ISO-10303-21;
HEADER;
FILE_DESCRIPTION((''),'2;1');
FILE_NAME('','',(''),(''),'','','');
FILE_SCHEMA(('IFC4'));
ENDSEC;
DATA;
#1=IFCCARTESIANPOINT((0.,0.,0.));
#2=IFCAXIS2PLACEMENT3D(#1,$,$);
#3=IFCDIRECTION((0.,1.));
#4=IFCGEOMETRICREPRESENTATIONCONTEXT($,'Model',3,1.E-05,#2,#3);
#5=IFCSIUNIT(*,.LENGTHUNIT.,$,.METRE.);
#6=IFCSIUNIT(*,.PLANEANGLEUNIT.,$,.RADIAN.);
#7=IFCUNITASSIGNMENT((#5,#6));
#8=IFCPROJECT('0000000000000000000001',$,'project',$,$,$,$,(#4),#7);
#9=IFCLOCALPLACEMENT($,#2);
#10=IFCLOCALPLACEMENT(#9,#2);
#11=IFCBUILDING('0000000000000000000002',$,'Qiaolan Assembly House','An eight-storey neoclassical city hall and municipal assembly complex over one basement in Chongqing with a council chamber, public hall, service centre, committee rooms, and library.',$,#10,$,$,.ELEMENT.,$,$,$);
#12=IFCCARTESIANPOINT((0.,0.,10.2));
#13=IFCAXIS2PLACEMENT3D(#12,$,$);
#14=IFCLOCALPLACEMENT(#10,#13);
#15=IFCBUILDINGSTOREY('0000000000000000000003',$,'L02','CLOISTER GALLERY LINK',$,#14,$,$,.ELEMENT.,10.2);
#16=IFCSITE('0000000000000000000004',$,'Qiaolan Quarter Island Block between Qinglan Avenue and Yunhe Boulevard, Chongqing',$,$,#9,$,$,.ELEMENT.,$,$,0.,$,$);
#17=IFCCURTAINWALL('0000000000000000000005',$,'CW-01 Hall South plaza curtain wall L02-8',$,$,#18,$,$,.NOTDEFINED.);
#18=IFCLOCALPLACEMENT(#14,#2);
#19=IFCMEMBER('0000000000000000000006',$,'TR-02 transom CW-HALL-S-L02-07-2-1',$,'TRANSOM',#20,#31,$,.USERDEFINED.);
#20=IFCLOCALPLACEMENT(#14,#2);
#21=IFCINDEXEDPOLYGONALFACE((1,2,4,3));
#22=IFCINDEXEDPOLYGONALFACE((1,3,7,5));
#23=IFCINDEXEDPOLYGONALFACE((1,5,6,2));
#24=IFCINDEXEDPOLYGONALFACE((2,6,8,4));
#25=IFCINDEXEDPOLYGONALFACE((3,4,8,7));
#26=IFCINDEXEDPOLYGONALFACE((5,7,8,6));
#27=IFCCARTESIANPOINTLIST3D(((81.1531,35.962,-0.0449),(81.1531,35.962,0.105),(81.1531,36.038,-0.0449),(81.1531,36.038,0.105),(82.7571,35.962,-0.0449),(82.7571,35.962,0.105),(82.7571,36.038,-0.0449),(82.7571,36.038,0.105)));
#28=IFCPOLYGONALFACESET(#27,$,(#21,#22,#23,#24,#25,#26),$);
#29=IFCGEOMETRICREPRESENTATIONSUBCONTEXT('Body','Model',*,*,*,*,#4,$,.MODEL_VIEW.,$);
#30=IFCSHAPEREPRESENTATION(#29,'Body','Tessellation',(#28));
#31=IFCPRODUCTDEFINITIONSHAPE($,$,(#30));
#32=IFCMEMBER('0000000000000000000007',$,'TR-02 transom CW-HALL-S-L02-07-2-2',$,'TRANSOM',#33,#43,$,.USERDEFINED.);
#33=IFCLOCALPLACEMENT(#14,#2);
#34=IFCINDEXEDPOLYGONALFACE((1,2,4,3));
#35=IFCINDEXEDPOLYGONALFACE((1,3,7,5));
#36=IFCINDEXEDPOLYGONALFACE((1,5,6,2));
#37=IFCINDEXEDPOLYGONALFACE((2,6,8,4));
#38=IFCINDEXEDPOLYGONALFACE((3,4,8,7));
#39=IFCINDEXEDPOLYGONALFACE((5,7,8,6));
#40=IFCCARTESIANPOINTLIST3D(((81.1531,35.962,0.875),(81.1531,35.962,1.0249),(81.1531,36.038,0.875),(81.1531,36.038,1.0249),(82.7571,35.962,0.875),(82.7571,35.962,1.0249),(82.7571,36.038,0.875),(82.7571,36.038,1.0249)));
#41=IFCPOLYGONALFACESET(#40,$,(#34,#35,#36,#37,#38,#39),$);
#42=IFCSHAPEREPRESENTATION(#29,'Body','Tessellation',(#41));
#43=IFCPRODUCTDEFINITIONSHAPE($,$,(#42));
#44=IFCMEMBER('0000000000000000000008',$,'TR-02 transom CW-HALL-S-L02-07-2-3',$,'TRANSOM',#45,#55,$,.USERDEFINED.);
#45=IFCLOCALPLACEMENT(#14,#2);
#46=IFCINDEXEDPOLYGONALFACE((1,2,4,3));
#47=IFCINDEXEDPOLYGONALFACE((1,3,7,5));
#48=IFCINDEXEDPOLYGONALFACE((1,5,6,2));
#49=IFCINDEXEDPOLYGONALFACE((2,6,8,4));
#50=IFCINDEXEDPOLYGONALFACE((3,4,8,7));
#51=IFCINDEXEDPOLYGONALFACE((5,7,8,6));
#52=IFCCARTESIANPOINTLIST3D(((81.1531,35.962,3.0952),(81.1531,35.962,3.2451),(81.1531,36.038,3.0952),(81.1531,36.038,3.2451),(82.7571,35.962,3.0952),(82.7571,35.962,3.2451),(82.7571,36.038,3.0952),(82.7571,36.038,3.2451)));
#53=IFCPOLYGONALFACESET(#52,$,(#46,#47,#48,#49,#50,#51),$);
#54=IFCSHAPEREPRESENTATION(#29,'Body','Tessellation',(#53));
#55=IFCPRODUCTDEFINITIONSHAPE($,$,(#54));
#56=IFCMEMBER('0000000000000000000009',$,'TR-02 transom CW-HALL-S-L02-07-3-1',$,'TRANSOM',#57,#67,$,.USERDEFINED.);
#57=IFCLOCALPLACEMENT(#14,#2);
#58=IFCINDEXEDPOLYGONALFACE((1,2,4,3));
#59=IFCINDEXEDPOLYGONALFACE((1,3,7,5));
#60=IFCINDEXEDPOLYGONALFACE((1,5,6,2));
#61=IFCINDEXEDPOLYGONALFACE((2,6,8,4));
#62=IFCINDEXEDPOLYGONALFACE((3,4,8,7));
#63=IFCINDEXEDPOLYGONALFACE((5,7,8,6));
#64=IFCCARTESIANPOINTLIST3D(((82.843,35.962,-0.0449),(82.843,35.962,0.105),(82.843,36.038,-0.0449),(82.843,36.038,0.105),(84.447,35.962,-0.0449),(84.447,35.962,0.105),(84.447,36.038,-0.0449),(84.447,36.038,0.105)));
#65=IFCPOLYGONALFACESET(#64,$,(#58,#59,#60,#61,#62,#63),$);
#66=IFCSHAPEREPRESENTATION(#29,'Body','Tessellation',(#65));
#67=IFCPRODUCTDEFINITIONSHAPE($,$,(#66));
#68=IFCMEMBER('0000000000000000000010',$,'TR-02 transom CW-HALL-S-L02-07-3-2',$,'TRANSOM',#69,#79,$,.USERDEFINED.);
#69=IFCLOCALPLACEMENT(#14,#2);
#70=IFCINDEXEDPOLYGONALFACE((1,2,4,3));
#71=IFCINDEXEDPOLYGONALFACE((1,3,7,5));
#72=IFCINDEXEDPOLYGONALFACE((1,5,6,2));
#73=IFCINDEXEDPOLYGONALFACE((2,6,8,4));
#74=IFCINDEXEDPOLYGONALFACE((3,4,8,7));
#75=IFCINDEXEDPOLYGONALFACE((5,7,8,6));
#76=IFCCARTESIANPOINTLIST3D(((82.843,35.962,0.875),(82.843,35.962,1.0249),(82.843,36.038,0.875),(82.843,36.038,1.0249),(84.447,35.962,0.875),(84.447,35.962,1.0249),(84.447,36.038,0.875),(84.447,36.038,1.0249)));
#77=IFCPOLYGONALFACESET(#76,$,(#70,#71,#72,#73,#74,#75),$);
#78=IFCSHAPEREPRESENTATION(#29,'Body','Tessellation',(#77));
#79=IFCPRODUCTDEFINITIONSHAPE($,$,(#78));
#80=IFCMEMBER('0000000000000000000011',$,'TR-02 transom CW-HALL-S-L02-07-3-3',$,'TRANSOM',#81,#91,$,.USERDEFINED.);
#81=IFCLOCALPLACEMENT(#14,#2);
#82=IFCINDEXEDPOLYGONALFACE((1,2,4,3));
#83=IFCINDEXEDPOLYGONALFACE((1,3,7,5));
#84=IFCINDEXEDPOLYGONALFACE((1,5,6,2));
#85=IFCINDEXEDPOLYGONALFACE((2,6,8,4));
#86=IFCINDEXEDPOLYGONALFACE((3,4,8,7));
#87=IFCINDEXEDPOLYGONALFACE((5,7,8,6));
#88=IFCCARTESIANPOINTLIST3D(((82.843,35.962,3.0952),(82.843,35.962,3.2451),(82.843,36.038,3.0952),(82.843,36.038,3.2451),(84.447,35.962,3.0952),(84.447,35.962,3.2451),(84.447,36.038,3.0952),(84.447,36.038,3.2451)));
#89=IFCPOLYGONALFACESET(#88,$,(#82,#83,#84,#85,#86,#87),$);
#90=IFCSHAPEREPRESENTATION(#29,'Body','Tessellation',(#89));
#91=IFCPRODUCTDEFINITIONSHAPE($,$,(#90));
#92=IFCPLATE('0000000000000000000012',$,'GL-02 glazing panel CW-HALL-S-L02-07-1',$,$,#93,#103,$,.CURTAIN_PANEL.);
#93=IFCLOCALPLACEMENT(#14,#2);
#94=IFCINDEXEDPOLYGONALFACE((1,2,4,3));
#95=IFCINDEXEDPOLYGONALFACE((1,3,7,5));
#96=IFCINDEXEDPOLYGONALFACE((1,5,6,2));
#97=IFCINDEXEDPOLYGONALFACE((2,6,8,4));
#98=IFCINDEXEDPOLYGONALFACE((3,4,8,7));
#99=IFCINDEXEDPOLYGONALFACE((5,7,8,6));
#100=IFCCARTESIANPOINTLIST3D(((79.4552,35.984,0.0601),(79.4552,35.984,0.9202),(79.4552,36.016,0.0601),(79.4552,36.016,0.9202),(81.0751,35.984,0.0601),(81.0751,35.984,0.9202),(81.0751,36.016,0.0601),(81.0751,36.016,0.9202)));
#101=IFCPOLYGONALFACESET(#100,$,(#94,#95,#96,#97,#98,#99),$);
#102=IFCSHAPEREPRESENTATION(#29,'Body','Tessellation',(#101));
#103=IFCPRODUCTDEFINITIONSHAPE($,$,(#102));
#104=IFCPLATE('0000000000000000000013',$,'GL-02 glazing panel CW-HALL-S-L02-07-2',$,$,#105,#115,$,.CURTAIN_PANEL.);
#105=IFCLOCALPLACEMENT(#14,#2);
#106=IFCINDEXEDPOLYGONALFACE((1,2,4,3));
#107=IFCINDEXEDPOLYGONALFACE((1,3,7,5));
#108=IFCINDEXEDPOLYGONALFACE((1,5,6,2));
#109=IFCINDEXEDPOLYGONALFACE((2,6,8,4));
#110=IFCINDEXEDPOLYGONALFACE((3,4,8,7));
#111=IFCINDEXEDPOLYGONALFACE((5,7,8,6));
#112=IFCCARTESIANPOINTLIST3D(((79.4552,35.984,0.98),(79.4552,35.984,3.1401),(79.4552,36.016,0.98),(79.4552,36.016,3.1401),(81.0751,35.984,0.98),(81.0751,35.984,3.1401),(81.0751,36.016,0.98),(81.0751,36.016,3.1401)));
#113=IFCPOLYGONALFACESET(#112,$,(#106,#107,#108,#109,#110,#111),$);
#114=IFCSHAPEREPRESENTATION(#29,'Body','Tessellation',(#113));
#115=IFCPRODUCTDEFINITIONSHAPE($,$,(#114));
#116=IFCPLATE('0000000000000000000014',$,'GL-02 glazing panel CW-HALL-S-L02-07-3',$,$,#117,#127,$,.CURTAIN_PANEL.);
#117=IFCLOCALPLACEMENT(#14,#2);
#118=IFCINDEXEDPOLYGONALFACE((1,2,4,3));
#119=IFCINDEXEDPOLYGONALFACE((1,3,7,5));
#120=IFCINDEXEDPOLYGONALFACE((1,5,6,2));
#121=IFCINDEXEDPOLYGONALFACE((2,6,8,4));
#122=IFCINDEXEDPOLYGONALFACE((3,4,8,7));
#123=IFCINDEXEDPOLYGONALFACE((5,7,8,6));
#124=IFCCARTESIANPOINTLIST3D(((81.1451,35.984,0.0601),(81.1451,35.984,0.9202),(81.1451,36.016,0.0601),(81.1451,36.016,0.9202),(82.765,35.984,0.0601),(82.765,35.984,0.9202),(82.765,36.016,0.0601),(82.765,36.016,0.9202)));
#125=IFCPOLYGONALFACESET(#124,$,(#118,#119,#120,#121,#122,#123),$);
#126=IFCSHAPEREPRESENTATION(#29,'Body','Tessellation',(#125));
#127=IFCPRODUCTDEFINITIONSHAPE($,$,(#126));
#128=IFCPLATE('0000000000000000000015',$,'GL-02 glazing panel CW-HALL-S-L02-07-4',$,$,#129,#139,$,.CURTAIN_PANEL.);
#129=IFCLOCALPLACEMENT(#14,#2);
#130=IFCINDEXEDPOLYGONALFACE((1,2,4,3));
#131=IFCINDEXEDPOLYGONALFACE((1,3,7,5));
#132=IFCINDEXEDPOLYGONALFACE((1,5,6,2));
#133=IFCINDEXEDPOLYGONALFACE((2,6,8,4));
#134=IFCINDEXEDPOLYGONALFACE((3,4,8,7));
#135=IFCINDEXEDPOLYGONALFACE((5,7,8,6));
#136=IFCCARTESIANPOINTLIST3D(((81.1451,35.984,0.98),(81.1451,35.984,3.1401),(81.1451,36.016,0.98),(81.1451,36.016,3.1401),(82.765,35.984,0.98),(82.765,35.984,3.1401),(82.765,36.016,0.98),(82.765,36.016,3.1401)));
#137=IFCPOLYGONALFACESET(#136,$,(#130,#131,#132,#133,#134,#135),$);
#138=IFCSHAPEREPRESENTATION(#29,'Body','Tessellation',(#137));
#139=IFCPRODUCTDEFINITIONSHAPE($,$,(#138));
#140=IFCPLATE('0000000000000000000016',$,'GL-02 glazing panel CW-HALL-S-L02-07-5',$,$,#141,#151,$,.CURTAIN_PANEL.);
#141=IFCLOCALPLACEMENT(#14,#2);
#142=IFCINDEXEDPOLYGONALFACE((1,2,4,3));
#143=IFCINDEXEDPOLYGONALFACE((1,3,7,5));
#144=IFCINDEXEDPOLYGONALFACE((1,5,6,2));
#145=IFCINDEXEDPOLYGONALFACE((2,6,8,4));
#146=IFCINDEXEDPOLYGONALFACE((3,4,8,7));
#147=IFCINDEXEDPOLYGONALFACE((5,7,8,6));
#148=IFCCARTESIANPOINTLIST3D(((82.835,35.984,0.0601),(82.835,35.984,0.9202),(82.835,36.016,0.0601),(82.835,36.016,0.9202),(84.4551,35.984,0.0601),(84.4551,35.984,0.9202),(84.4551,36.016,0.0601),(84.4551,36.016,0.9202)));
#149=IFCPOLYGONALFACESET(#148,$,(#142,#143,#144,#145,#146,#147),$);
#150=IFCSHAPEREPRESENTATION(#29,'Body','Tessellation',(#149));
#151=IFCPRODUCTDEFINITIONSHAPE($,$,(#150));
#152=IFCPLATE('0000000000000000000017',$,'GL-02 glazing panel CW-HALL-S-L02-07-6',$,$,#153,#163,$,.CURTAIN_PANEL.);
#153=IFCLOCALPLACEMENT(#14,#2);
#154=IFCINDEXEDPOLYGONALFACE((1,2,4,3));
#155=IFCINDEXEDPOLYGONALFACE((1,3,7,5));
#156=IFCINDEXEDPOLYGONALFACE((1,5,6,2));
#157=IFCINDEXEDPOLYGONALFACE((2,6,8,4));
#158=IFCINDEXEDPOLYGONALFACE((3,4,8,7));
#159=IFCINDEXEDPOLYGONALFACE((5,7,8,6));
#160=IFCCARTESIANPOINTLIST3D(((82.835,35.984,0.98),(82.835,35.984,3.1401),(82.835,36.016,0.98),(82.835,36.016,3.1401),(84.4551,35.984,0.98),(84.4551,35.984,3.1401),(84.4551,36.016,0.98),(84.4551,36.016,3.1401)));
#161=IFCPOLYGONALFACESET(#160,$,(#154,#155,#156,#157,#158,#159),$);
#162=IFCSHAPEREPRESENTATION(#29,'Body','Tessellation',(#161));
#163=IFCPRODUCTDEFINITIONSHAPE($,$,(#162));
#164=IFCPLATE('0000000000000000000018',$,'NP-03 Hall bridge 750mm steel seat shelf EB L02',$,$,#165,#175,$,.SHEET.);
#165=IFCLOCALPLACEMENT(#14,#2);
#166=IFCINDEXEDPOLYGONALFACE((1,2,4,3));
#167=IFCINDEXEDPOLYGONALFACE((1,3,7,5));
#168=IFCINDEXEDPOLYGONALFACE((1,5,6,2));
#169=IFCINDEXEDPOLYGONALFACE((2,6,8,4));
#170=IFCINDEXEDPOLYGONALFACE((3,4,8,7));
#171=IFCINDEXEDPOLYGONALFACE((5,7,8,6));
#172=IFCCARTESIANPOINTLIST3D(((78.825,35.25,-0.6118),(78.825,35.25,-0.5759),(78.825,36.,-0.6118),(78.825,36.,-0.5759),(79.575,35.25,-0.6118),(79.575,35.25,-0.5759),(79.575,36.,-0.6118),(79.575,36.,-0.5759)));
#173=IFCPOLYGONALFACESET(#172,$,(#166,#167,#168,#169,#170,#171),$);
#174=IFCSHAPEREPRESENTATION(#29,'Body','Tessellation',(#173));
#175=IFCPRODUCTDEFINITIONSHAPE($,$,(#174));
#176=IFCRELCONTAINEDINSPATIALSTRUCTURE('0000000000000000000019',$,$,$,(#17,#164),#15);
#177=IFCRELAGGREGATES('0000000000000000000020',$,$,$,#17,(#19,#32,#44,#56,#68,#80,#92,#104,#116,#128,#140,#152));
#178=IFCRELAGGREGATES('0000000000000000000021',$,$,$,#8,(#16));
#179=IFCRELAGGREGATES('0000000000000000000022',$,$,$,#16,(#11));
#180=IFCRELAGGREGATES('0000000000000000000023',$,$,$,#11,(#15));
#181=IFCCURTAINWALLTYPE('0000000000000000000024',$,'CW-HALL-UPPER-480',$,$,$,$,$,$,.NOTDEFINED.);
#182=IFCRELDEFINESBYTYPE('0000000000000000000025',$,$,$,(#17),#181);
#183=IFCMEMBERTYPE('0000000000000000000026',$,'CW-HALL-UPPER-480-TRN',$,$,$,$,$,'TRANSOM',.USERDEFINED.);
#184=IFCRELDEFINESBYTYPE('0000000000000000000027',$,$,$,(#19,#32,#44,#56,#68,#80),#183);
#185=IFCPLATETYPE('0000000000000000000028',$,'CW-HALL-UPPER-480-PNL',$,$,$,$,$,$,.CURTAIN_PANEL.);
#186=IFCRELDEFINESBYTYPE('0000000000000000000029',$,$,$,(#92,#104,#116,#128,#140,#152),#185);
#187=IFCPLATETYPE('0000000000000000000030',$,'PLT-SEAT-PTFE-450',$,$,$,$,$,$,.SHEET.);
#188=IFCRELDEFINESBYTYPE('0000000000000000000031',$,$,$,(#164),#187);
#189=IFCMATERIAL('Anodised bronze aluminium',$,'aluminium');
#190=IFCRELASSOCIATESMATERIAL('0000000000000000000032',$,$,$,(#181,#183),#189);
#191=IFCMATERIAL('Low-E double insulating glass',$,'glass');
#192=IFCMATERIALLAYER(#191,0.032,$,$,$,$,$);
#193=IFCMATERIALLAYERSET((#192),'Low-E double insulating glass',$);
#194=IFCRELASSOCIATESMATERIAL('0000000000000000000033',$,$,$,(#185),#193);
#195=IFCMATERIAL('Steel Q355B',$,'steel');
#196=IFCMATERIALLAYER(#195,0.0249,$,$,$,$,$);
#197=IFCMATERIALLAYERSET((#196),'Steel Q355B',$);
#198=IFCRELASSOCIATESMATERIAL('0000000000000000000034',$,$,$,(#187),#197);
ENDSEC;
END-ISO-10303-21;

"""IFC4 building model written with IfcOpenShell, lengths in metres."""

from ifc_helpers import new_model, si_unit, direction, frame, frame_2d, origin, origin_2d, place, context, subcontext, project, spatial, rectangle, extrude, material, layer, layer_set, material_profile, profile_set, type_object, element, aggregate, save


model = new_model("IFC4")

# Units and contexts
model_context = context("Model", 3, precision=1e-05, world=origin(), true_north=direction((0.0, 1.0)))
body_context = subcontext(model_context, "Body", "Model", "MODEL_VIEW")
ifc_project = project(units=[si_unit("LENGTHUNIT", "METRE"), si_unit("PLANEANGLEUNIT", "RADIAN")], contexts=[model_context])

# Site, building, storey
site_placement = place(None, origin())
site = spatial("IfcSite", under=ifc_project, at=site_placement, Name="Qiaolan Quarter Island Block between Qinglan Avenue and Yunhe Boulevard, Chongqing", CompositionType="ELEMENT", RefElevation=0.0)
building_placement = place(site_placement, origin())
building = spatial("IfcBuilding", under=site, at=building_placement, Name="Qiaolan Assembly House", Description="An eight-storey neoclassical city hall and municipal assembly complex over one basement in Chongqing with a council chamber, public hall, service centre, committee rooms, and library.", CompositionType="ELEMENT")
storey_placement = place(building_placement, frame((0.0, 0.0, 10.2)))
storey = spatial("IfcBuildingStorey", under=building, at=storey_placement, Name="L02", Description="CLOISTER GALLERY LINK", CompositionType="ELEMENT", Elevation=10.2)

# Shared definitions
ifc_material_1 = material(Name="Steel Q355B", Category="steel")

# Curtain wall, members, plates
ifc_material_2 = material(Name="Anodised bronze aluminium", Category="aluminium")
curtain_wall_type = type_object("IfcCurtainWallType", Name="CW-HALL-UPPER-480", PredefinedType="NOTDEFINED", material=ifc_material_2)
curtain_wall_placement = place(storey_placement, origin())
curtain_wall = element("IfcCurtainWall", 1, at=curtain_wall_placement, inside=storey, type_object=curtain_wall_type, Name="CW-01 Hall South plaza curtain wall L02-8", PredefinedType="NOTDEFINED")
ifc_material_profile_1 = material_profile(ifc_material_2, rectangle(XDim=0.0759, YDim=0.1499, at=origin_2d()), Name="TRN 76x150")
ifc_profile_set_1 = profile_set([ifc_material_profile_1], Name="Anodised bronze aluminium")
member_type_1 = type_object("IfcMemberType", Name="CW-HALL-UPPER-480-TRN", ElementType="TRANSOM", PredefinedType="USERDEFINED", material=ifc_profile_set_1)
member_1_placement = place(storey_placement, frame((81.1531, 36.0, 0.03), z_axis=(1.0, 0.0, 0.0), x_axis=(0.0, 1.0, 0.0)))
member_1 = element("IfcMember", 2, at=member_1_placement, type_object=member_type_1, Name="TR-02 transom CW-HALL-S-L02-07-2-1", ObjectType="TRANSOM", PredefinedType="USERDEFINED", context=body_context, shape_type="SweptSolid", body=[
    extrude(rectangle(XDim=0.0759, YDim=0.1499, at=origin_2d()), origin(), (0.0, 0.0, 1.0), 1.604),
])
member_2_placement = place(storey_placement, frame((81.1531, 36.0, 0.95), z_axis=(1.0, 0.0, 0.0), x_axis=(0.0, 1.0, 0.0)))
member_2 = element("IfcMember", 3, at=member_2_placement, type_object=member_type_1, Name="TR-02 transom CW-HALL-S-L02-07-2-2", ObjectType="TRANSOM", PredefinedType="USERDEFINED", context=body_context, shape_type="SweptSolid", body=[
    extrude(rectangle(XDim=0.0759, YDim=0.1499, at=origin_2d()), origin(), (0.0, 0.0, 1.0), 1.604),
])
member_3_placement = place(storey_placement, frame((81.1531, 36.0, 3.1702), z_axis=(1.0, 0.0, 0.0), x_axis=(0.0, 1.0, 0.0)))
member_3 = element("IfcMember", 4, at=member_3_placement, type_object=member_type_1, Name="TR-02 transom CW-HALL-S-L02-07-2-3", ObjectType="TRANSOM", PredefinedType="USERDEFINED", context=body_context, shape_type="SweptSolid", body=[
    extrude(rectangle(XDim=0.0759, YDim=0.1499, at=origin_2d()), origin(), (0.0, 0.0, 1.0), 1.604),
])
member_4_placement = place(storey_placement, frame((82.843, 36.0, 0.03), z_axis=(1.0, 0.0, 0.0), x_axis=(0.0, 1.0, 0.0)))
member_4 = element("IfcMember", 5, at=member_4_placement, type_object=member_type_1, Name="TR-02 transom CW-HALL-S-L02-07-3-1", ObjectType="TRANSOM", PredefinedType="USERDEFINED", context=body_context, shape_type="SweptSolid", body=[
    extrude(rectangle(XDim=0.0759, YDim=0.1499, at=origin_2d()), origin(), (0.0, 0.0, 1.0), 1.604),
])
member_5_placement = place(storey_placement, frame((82.843, 36.0, 0.95), z_axis=(1.0, 0.0, 0.0), x_axis=(0.0, 1.0, 0.0)))
member_5 = element("IfcMember", 6, at=member_5_placement, type_object=member_type_1, Name="TR-02 transom CW-HALL-S-L02-07-3-2", ObjectType="TRANSOM", PredefinedType="USERDEFINED", context=body_context, shape_type="SweptSolid", body=[
    extrude(rectangle(XDim=0.0759, YDim=0.1499, at=origin_2d()), origin(), (0.0, 0.0, 1.0), 1.604),
])
member_6_placement = place(storey_placement, frame((82.843, 36.0, 3.1702), z_axis=(1.0, 0.0, 0.0), x_axis=(0.0, 1.0, 0.0)))
member_6 = element("IfcMember", 7, at=member_6_placement, type_object=member_type_1, Name="TR-02 transom CW-HALL-S-L02-07-3-3", ObjectType="TRANSOM", PredefinedType="USERDEFINED", context=body_context, shape_type="SweptSolid", body=[
    extrude(rectangle(XDim=0.0759, YDim=0.1499, at=origin_2d()), origin(), (0.0, 0.0, 1.0), 1.604),
])
ifc_material_3 = material(Name="Low-E double insulating glass", Category="glass")
ifc_layer_1 = layer(ifc_material_3, 0.032)
ifc_layer_set_1 = layer_set([ifc_layer_1], Name="Low-E double insulating glass")
plate_type_1 = type_object("IfcPlateType", Name="CW-HALL-UPPER-480-PNL", PredefinedType="CURTAIN_PANEL", material=ifc_layer_set_1)
plate_1_placement = place(storey_placement, frame((79.4551, 36.0, 0.0601), z_axis=(0.0, 0.0, 1.0), x_axis=(1.0, 0.0, 0.0)))
plate_1 = element("IfcPlate", 8, at=plate_1_placement, type_object=plate_type_1, Name="GL-02 glazing panel CW-HALL-S-L02-07-1", PredefinedType="CURTAIN_PANEL", context=body_context, shape_type="SweptSolid", body=[
    extrude(rectangle(XDim=1.6199, YDim=0.032, at=frame_2d((0.8101, 0.0))), origin(), (0.0, 0.0, 1.0), 0.8601),
])
plate_2_placement = place(storey_placement, frame((79.4551, 36.0, 0.98), z_axis=(0.0, 0.0, 1.0), x_axis=(1.0, 0.0, 0.0)))
plate_2 = element("IfcPlate", 9, at=plate_2_placement, type_object=plate_type_1, Name="GL-02 glazing panel CW-HALL-S-L02-07-2", PredefinedType="CURTAIN_PANEL", context=body_context, shape_type="SweptSolid", body=[
    extrude(rectangle(XDim=1.6199, YDim=0.032, at=frame_2d((0.8101, 0.0))), origin(), (0.0, 0.0, 1.0), 2.1602),
])
plate_3_placement = place(storey_placement, frame((81.145, 36.0, 0.0601), z_axis=(0.0, 0.0, 1.0), x_axis=(1.0, 0.0, 0.0)))
plate_3 = element("IfcPlate", 10, at=plate_3_placement, type_object=plate_type_1, Name="GL-02 glazing panel CW-HALL-S-L02-07-3", PredefinedType="CURTAIN_PANEL", context=body_context, shape_type="SweptSolid", body=[
    extrude(rectangle(XDim=1.6199, YDim=0.032, at=frame_2d((0.8101, 0.0))), origin(), (0.0, 0.0, 1.0), 0.8601),
])
plate_4_placement = place(storey_placement, frame((81.145, 36.0, 0.98), z_axis=(0.0, 0.0, 1.0), x_axis=(1.0, 0.0, 0.0)))
plate_4 = element("IfcPlate", 11, at=plate_4_placement, type_object=plate_type_1, Name="GL-02 glazing panel CW-HALL-S-L02-07-4", PredefinedType="CURTAIN_PANEL", context=body_context, shape_type="SweptSolid", body=[
    extrude(rectangle(XDim=1.6199, YDim=0.032, at=frame_2d((0.8101, 0.0))), origin(), (0.0, 0.0, 1.0), 2.1602),
])
plate_5_placement = place(storey_placement, frame((82.835, 36.0, 0.0601), z_axis=(0.0, 0.0, 1.0), x_axis=(1.0, 0.0, 0.0)))
plate_5 = element("IfcPlate", 12, at=plate_5_placement, type_object=plate_type_1, Name="GL-02 glazing panel CW-HALL-S-L02-07-5", PredefinedType="CURTAIN_PANEL", context=body_context, shape_type="SweptSolid", body=[
    extrude(rectangle(XDim=1.6201, YDim=0.032, at=frame_2d((0.8101, 0.0))), origin(), (0.0, 0.0, 1.0), 0.8601),
])
plate_6_placement = place(storey_placement, frame((82.835, 36.0, 0.98), z_axis=(0.0, 0.0, 1.0), x_axis=(1.0, 0.0, 0.0)))
plate_6 = element("IfcPlate", 13, at=plate_6_placement, type_object=plate_type_1, Name="GL-02 glazing panel CW-HALL-S-L02-07-6", PredefinedType="CURTAIN_PANEL", context=body_context, shape_type="SweptSolid", body=[
    extrude(rectangle(XDim=1.6201, YDim=0.032, at=frame_2d((0.8101, 0.0))), origin(), (0.0, 0.0, 1.0), 2.1602),
])
aggregate(curtain_wall, [member_1, member_2, member_3, member_4, member_5, member_6, plate_1, plate_2, plate_3, plate_4, plate_5, plate_6])

# Plate
ifc_layer_2 = layer(ifc_material_1, 0.0249)
ifc_layer_set_2 = layer_set([ifc_layer_2], Name="Steel Q355B")
plate_type_2 = type_object("IfcPlateType", Name="PLT-SEAT-PTFE-450", PredefinedType="SHEET", material=ifc_layer_set_2)
plate_7_placement = place(storey_placement, frame((79.2, 35.625, -0.6118), z_axis=(0.0, 0.0, 1.0), x_axis=(1.0, 0.0, 0.0)))
element("IfcPlate", 14, at=plate_7_placement, inside=storey, type_object=plate_type_2, Name="NP-03 Hall bridge 750mm steel seat shelf EB L02", PredefinedType="SHEET", context=body_context, shape_type="SweptSolid", body=[
    extrude(rectangle(XDim=0.75, YDim=0.75, at=origin_2d()), origin(), (0.0, 0.0, 1.0), 0.0359),
])

save(model, "model.ifc")
